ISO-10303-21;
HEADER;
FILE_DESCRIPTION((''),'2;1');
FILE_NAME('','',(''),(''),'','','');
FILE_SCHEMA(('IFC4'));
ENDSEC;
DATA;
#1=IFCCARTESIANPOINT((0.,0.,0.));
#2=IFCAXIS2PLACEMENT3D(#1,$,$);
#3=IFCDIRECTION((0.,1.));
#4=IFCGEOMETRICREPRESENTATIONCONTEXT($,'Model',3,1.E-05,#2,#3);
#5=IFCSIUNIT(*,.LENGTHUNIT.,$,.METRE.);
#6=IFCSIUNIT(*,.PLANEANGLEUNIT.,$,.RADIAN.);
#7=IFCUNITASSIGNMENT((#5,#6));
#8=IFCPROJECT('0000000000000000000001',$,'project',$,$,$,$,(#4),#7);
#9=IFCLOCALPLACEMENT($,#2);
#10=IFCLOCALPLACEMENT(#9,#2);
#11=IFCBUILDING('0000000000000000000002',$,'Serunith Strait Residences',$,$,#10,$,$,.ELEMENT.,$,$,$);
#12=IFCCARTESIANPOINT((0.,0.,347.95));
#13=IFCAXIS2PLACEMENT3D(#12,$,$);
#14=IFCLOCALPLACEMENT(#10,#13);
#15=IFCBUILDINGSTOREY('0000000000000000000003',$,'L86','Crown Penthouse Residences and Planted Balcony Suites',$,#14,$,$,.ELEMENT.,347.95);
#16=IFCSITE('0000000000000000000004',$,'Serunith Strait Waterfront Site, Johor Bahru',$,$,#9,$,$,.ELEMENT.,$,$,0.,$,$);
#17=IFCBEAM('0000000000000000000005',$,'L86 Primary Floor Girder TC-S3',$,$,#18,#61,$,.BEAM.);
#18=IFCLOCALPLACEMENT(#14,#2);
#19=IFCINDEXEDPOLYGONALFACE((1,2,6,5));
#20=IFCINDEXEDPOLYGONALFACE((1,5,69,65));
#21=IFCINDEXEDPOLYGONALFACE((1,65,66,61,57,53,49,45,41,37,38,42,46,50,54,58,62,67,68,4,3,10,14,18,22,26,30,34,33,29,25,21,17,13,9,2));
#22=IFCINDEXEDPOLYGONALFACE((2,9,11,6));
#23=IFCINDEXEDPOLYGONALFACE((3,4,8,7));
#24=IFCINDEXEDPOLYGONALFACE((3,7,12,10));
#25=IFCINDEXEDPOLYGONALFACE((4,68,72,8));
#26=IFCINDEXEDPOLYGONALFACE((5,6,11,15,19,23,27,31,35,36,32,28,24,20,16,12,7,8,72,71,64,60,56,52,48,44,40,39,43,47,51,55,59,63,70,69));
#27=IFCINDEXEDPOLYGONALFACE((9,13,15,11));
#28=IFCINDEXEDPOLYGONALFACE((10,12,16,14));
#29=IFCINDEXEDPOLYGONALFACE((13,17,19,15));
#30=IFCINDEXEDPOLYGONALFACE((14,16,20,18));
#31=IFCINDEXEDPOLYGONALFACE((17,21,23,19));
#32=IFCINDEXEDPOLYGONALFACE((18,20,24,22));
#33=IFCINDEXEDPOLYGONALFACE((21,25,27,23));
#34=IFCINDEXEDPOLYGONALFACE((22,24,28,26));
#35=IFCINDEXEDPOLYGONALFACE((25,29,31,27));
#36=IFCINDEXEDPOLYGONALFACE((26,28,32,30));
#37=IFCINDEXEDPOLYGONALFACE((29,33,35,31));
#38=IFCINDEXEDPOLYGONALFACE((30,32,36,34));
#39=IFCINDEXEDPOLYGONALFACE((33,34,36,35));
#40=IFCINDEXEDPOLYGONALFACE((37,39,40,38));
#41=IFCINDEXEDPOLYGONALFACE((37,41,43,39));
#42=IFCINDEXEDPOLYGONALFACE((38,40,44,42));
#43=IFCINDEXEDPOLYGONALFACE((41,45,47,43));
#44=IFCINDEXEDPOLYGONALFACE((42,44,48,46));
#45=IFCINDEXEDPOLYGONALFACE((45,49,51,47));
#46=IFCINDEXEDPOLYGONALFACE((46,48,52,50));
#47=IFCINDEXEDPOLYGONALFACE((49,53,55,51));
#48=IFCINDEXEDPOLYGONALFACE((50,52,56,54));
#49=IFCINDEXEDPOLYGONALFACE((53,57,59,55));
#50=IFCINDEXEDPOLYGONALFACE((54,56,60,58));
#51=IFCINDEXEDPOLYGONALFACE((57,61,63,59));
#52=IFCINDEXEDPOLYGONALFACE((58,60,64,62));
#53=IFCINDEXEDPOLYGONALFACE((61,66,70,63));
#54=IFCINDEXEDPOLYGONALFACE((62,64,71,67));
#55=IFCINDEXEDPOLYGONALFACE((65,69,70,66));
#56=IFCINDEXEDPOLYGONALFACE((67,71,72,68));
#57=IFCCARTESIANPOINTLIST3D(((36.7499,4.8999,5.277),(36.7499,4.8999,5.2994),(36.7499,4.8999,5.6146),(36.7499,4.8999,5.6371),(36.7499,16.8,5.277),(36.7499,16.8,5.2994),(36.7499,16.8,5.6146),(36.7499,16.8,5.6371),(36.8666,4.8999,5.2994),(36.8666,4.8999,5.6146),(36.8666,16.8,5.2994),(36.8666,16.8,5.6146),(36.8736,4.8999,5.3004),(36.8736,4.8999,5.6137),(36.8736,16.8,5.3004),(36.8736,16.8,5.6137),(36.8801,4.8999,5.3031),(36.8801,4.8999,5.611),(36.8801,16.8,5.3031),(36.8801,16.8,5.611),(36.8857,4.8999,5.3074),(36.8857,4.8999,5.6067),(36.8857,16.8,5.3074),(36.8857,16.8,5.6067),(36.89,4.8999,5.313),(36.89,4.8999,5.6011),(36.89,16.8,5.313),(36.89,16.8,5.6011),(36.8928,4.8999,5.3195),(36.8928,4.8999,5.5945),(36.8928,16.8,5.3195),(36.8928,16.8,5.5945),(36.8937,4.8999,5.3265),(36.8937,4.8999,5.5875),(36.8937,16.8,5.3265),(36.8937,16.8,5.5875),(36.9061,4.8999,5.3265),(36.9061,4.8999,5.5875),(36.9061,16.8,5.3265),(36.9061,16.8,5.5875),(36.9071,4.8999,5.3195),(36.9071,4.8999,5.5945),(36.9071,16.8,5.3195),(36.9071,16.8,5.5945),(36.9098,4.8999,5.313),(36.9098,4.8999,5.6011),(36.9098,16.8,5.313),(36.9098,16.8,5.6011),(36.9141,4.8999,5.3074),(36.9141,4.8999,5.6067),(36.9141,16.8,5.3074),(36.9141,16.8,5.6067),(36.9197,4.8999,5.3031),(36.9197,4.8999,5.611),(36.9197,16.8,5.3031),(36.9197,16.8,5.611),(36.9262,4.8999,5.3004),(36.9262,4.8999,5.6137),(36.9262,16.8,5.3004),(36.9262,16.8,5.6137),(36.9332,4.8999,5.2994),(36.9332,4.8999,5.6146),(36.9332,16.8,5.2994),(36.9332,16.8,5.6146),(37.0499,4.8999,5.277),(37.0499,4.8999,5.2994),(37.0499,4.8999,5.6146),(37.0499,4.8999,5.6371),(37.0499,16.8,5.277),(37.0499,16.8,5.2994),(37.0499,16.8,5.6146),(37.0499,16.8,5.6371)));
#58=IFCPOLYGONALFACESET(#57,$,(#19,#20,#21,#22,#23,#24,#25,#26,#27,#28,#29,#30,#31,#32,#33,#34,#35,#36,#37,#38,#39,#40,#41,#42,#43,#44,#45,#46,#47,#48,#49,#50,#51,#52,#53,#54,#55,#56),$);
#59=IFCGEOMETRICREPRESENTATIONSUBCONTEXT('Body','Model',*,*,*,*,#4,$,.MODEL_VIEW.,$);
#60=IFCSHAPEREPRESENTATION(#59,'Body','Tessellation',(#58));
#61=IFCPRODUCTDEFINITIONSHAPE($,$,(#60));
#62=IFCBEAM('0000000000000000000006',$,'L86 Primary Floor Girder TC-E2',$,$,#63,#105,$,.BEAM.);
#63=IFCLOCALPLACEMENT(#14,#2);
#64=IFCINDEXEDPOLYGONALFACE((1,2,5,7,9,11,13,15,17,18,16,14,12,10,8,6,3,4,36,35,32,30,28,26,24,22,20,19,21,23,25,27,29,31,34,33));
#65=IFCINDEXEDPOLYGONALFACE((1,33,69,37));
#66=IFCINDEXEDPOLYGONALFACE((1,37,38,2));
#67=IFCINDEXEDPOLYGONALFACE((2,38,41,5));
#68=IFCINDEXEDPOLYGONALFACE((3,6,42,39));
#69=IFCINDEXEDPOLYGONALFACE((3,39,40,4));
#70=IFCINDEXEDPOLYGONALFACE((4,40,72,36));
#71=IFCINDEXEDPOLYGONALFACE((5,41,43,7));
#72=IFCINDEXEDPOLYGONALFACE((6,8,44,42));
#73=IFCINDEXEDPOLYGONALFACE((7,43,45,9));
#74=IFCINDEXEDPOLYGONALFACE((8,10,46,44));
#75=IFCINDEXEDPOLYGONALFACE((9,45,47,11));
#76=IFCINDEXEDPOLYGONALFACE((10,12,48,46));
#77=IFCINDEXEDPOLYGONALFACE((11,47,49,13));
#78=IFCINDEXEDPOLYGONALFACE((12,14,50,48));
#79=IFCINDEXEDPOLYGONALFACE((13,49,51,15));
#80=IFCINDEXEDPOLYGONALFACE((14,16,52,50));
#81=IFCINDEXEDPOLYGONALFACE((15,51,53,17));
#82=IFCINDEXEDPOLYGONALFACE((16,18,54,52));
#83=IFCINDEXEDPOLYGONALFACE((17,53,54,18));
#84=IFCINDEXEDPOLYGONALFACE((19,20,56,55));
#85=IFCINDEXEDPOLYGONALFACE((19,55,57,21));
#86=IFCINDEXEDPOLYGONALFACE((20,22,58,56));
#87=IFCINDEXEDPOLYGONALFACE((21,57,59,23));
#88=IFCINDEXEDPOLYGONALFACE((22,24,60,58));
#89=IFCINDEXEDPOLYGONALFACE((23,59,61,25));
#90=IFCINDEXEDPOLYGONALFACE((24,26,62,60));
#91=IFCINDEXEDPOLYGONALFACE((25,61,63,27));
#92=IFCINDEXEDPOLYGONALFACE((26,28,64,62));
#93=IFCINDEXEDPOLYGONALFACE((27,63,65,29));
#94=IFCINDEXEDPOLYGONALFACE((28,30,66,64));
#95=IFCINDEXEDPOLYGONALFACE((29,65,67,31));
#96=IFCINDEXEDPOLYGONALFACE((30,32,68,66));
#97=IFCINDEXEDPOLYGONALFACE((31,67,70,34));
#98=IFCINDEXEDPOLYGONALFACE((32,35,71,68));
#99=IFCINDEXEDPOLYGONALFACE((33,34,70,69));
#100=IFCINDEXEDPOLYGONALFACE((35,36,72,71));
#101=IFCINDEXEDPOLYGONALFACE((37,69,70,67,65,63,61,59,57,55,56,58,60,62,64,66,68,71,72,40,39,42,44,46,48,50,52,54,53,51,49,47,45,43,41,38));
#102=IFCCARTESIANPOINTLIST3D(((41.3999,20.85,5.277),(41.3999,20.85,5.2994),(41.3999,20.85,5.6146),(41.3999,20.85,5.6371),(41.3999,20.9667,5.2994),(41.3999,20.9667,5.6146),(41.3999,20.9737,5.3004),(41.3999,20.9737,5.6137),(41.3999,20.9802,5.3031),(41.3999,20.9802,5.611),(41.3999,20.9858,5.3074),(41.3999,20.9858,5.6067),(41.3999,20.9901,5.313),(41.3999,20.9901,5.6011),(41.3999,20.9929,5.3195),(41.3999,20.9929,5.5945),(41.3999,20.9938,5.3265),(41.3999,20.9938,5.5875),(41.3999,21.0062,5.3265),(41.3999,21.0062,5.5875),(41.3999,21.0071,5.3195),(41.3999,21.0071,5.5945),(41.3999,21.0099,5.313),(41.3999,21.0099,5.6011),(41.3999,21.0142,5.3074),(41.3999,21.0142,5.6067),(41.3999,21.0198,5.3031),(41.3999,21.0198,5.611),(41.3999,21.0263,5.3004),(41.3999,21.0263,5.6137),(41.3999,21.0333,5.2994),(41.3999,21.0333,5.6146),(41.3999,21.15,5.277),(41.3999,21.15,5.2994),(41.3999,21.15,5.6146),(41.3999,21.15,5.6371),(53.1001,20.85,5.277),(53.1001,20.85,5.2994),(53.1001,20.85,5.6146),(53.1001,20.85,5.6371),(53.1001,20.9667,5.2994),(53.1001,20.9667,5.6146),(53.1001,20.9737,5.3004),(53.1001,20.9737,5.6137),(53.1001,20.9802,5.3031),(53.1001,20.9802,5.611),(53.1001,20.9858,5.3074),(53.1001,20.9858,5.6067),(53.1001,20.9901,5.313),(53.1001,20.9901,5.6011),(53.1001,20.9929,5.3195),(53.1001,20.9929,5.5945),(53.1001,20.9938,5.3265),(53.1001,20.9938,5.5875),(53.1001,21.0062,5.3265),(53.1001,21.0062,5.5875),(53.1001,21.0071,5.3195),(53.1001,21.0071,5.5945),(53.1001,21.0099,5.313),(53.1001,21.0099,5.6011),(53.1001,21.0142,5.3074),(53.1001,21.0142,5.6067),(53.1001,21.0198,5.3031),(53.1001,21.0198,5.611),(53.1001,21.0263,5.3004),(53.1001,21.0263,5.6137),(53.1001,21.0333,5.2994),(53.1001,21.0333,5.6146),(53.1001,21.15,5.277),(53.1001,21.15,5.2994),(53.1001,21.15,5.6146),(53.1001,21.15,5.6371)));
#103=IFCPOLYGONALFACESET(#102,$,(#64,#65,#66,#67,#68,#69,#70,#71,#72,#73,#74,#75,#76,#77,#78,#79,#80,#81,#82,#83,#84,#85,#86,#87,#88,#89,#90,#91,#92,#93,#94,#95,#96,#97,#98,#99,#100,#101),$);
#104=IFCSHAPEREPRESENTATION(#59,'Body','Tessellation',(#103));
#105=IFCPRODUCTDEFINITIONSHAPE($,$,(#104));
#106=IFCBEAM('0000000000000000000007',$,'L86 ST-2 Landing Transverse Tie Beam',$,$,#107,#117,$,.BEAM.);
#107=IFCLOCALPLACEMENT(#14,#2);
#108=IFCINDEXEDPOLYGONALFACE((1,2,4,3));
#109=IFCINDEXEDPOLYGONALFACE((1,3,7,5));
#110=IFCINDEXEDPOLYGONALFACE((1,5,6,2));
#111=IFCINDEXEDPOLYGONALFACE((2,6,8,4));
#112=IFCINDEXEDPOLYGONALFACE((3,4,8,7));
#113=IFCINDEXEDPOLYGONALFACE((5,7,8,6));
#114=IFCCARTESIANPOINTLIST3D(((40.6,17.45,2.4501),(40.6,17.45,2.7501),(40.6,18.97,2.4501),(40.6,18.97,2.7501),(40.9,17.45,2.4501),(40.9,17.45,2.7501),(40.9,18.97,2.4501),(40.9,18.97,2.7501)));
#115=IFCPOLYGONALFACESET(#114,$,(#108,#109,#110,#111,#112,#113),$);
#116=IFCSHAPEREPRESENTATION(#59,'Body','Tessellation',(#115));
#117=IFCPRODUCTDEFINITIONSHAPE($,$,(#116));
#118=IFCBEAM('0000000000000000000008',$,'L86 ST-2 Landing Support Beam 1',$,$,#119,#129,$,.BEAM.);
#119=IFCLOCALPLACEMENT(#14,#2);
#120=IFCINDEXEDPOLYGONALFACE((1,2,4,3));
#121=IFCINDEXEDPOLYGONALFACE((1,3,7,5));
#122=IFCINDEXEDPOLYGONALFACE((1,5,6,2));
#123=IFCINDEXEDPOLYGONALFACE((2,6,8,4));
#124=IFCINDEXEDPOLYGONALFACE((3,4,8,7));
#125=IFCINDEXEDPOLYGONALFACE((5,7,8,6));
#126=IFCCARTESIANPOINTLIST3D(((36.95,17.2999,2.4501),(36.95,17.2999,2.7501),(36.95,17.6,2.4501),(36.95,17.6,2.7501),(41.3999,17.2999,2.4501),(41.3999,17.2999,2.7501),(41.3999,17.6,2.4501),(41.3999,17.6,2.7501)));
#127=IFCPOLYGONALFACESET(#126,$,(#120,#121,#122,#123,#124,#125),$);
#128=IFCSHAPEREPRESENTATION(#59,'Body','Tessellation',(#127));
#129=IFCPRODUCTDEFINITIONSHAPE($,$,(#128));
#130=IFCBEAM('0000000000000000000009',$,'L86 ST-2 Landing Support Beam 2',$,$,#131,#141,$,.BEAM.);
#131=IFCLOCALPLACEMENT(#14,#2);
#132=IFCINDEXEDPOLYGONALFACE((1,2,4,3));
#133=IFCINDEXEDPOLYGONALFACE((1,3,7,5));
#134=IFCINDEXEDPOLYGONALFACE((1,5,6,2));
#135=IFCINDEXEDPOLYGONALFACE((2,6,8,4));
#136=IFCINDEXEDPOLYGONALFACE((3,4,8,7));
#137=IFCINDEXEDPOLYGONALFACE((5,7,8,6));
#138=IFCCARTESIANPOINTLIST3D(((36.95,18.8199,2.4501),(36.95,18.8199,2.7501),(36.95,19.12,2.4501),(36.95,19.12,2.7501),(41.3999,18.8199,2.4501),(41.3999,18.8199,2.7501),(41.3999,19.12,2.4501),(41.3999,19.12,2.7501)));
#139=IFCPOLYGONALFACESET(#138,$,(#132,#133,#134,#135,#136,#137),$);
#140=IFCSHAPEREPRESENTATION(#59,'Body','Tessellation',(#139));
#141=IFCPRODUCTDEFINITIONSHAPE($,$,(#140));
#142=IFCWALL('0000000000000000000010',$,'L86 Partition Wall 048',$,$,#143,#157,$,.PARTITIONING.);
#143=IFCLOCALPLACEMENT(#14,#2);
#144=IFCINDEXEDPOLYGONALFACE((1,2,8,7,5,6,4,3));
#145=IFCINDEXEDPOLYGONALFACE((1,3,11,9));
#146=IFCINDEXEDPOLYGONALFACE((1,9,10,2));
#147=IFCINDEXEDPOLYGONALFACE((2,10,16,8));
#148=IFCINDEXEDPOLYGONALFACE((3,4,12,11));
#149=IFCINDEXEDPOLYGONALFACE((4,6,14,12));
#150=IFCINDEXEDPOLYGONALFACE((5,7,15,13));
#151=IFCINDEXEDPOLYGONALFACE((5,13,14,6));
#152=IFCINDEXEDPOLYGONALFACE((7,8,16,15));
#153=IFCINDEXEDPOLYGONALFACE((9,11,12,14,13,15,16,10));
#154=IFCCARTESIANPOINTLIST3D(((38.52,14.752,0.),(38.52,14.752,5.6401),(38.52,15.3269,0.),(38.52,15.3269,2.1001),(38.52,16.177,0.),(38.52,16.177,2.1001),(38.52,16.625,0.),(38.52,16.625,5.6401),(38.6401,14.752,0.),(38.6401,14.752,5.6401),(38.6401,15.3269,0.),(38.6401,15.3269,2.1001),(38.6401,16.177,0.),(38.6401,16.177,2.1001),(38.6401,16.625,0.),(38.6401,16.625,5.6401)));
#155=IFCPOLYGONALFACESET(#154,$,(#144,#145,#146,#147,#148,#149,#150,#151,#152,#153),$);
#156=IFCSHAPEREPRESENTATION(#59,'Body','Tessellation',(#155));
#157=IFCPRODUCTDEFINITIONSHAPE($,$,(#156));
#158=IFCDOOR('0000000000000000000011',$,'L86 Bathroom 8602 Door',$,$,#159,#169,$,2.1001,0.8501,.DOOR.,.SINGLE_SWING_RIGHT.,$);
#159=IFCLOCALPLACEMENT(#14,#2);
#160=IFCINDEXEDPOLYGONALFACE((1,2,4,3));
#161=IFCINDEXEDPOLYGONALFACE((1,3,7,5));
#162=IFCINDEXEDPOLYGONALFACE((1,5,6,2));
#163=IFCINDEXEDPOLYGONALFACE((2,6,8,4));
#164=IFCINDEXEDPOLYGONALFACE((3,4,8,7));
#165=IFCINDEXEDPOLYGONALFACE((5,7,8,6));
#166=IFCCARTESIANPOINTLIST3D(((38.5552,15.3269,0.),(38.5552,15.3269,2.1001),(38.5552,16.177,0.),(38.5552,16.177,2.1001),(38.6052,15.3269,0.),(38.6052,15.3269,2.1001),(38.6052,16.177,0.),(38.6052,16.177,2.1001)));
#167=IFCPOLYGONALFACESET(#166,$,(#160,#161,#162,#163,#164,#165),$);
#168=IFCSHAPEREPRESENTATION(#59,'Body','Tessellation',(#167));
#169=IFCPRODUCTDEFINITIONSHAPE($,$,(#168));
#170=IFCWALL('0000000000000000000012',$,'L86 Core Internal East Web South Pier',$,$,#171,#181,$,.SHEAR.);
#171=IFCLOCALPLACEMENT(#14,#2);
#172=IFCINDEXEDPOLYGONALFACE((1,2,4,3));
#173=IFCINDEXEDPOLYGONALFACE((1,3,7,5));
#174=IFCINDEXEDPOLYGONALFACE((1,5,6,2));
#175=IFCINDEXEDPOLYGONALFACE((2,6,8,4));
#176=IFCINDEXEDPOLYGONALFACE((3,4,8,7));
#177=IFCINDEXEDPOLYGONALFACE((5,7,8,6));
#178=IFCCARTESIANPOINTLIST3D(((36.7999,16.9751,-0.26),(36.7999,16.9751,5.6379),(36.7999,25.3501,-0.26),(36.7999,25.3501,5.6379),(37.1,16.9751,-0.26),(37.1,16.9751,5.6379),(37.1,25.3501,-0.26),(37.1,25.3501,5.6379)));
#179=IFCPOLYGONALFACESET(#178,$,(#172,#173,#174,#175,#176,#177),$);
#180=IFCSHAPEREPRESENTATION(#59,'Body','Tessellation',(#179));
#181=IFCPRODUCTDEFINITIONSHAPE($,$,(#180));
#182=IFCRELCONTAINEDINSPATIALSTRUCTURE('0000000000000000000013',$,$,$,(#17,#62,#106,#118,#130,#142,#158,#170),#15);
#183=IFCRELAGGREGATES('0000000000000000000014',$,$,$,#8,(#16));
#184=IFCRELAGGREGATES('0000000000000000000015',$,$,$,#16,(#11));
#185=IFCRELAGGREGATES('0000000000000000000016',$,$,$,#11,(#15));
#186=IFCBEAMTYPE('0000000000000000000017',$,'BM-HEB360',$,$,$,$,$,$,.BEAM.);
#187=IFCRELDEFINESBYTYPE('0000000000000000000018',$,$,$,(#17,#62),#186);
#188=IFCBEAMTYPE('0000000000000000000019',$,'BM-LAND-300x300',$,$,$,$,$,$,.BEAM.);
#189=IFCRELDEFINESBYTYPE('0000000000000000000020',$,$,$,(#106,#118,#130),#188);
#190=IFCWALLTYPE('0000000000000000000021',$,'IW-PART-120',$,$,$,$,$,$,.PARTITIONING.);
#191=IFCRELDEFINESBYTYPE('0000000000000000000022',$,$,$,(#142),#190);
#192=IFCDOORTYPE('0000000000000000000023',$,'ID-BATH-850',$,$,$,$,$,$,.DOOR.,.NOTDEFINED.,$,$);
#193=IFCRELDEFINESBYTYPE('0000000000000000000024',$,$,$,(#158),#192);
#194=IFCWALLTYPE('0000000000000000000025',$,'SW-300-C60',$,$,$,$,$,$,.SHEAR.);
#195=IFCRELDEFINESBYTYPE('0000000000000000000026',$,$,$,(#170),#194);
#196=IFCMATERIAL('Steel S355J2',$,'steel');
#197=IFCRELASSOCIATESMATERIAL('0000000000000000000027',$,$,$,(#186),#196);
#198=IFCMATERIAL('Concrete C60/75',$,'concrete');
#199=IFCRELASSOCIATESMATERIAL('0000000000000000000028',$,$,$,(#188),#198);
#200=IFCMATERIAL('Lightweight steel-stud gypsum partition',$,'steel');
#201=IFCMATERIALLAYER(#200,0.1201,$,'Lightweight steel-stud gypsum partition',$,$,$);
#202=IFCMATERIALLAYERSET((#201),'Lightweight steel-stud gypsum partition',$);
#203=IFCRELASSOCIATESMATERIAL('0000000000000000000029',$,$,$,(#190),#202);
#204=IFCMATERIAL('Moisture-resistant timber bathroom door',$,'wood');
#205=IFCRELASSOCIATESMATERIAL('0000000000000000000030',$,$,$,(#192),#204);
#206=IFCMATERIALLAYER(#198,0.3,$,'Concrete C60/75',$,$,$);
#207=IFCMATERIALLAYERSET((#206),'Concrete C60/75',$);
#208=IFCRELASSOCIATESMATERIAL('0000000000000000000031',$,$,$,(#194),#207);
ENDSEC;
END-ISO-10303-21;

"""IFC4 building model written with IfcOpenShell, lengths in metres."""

from ifc_helpers import new_model, si_unit, direction, frame, frame_2d, origin, origin_2d, place, context, subcontext, project, spatial, rectangle, i_section, extrude, source, transform, mapped, material, layer, layer_set, material_profile, profile_set, type_object, element, fill, save


model = new_model("IFC4")

# Units and contexts
model_context = context("Model", 3, precision=1e-05, world=origin(), true_north=direction((0.0, 1.0)))
body_context = subcontext(model_context, "Body", "Model", "MODEL_VIEW")
ifc_project = project(units=[si_unit("LENGTHUNIT", "METRE"), si_unit("PLANEANGLEUNIT", "RADIAN")], contexts=[model_context])

# Site, building, storey
site_placement = place(None, origin())
site = spatial("IfcSite", under=ifc_project, at=site_placement, Name="Serunith Strait Waterfront Site, Johor Bahru", CompositionType="ELEMENT", RefElevation=0.0)
building_placement = place(site_placement, origin())
building = spatial("IfcBuilding", under=site, at=building_placement, Name="Serunith Strait Residences", CompositionType="ELEMENT")
storey_placement = place(building_placement, frame((0.0, 0.0, 347.95)))
storey = spatial("IfcBuildingStorey", under=building, at=storey_placement, Name="L86", Description="Crown Penthouse Residences and Planted Balcony Suites", CompositionType="ELEMENT", Elevation=347.95)

# Beams
ifc_material_1 = material(Name="Steel S355J2", Category="steel")
ifc_material_profile_1 = material_profile(ifc_material_1, i_section(OverallWidth=0.3, OverallDepth=0.3601, WebThickness=0.0125, FlangeThickness=0.0225, FilletRadius=0.0271, at=origin_2d()), Name="HEB 360")
ifc_profile_set_1 = profile_set([ifc_material_profile_1], Name="Steel S355J2")
beam_type_1 = type_object("IfcBeamType", Name="BM-HEB360", PredefinedType="BEAM", material=ifc_profile_set_1)
shared_shape_1 = source(origin(), body_context, "Body", "SweptSolid", [
    extrude(i_section(OverallWidth=0.3, OverallDepth=0.3601, WebThickness=0.0125, FlangeThickness=0.0225, FilletRadius=0.0271, at=origin_2d()), origin(), (0.0, 0.0, 1.0), 11.9001),
])
beam_1_placement = place(storey_placement, frame((36.8999, 16.8, 5.457), z_axis=(0.0, -1.0, 0.0), x_axis=(1.0, 0.0, 0.0)))
element("IfcBeam", 1, at=beam_1_placement, inside=storey, type_object=beam_type_1, Name="L86 Primary Floor Girder TC-S3", PredefinedType="BEAM", context=body_context, shape_type="MappedRepresentation", body=[
    mapped(shared_shape_1, transform((0.0, 0.0, 0.0), scale=1.0)),
])
shared_shape_2 = source(origin(), body_context, "Body", "SweptSolid", [
    extrude(i_section(OverallWidth=0.3, OverallDepth=0.3601, WebThickness=0.0125, FlangeThickness=0.0225, FilletRadius=0.0271, at=origin_2d()), origin(), (0.0, 0.0, 1.0), 11.7002),
])
beam_2_placement = place(storey_placement, frame((41.3999, 21.0, 5.457), z_axis=(1.0, 0.0, 0.0), x_axis=(0.0, 1.0, 0.0)))
element("IfcBeam", 2, at=beam_2_placement, inside=storey, type_object=beam_type_1, Name="L86 Primary Floor Girder TC-E2", PredefinedType="BEAM", context=body_context, shape_type="MappedRepresentation", body=[
    mapped(shared_shape_2, transform((0.0, 0.0, 0.0), scale=1.0)),
])
ifc_material_2 = material(Name="Concrete C60/75", Category="concrete")
ifc_material_profile_2 = material_profile(ifc_material_2, rectangle(XDim=0.3, YDim=0.3, at=origin_2d()), Name="RC 300x300")
ifc_profile_set_2 = profile_set([ifc_material_profile_2], Name="Concrete C60/75")
beam_type_2 = type_object("IfcBeamType", Name="BM-LAND-300x300", PredefinedType="BEAM", material=ifc_profile_set_2)
shared_shape_3 = source(origin(), body_context, "Body", "SweptSolid", [
    extrude(rectangle(XDim=0.3, YDim=0.3, at=origin_2d()), origin(), (0.0, 0.0, 1.0), 1.52),
])
beam_3_placement = place(storey_placement, frame((40.75, 17.45, 2.6001), z_axis=(0.0, 1.0, 0.0), x_axis=(-1.0, 0.0, 0.0)))
element("IfcBeam", 3, at=beam_3_placement, inside=storey, type_object=beam_type_2, Name="L86 ST-2 Landing Transverse Tie Beam", PredefinedType="BEAM", context=body_context, shape_type="MappedRepresentation", body=[
    mapped(shared_shape_3, transform((0.0, 0.0, 0.0), scale=1.0)),
])
shared_shape_4 = source(origin(), body_context, "Body", "SweptSolid", [
    extrude(rectangle(XDim=0.3, YDim=0.3, at=origin_2d()), origin(), (0.0, 0.0, 1.0), 4.45),
])
for number, where, z_axis, x_axis, name in (
    (4, (36.95, 17.45, 2.6001), (1.0, 0.0, 0.0), (0.0, 1.0, 0.0), "L86 ST-2 Landing Support Beam 1"),
    (5, (36.95, 18.97, 2.6001), (1.0, 0.0, 0.0), (0.0, 1.0, 0.0), "L86 ST-2 Landing Support Beam 2"),
):
    element("IfcBeam", number, at=place(storey_placement, frame(where, z_axis=z_axis, x_axis=x_axis)), inside=storey, type_object=beam_type_2, Name=name, PredefinedType="BEAM", context=body_context, shape_type="MappedRepresentation", body=[
        mapped(shared_shape_4, transform((0.0, 0.0, 0.0), scale=1.0)),
    ])

# Wall, opening, door
ifc_material_3 = material(Name="Lightweight steel-stud gypsum partition", Category="steel")
ifc_layer_1 = layer(ifc_material_3, 0.1201, Name="Lightweight steel-stud gypsum partition")
ifc_layer_set_1 = layer_set([ifc_layer_1], Name="Lightweight steel-stud gypsum partition")
wall_type_1 = type_object("IfcWallType", Name="IW-PART-120", PredefinedType="PARTITIONING", material=ifc_layer_set_1)
wall_1_placement = place(storey_placement, frame((38.5801, 14.752, 0.0), z_axis=(0.0, 0.0, 1.0), x_axis=(0.0, 1.0, 0.0)))
wall_1 = element("IfcWall", 6, at=wall_1_placement, inside=storey, type_object=wall_type_1, Name="L86 Partition Wall 048", PredefinedType="PARTITIONING", context=body_context, shape_type="SweptSolid", body=[
    extrude(rectangle(XDim=1.873, YDim=0.1201, at=frame_2d((0.9365, 0.0))), origin(), (0.0, 0.0, 1.0), 5.6401),
])
opening_1_placement = place(wall_1_placement, frame((0.575, 0.0, 0.0)))
opening_1 = element("IfcOpeningElement", 7, at=opening_1_placement, cuts=wall_1, PredefinedType="OPENING", context=body_context, shape_type="SweptSolid", body=[
    extrude(rectangle(XDim=0.8501, YDim=2.1001, at=frame_2d((0.425, 1.05))), frame((0.0, 0.0701, 0.0), z_axis=(0.0, -1.0, 0.0), x_axis=(1.0, 0.0, 0.0)), (0.0, 0.0, 1.0), 0.1401),
])
ifc_material_4 = material(Name="Moisture-resistant timber bathroom door", Category="wood")
door_type_1 = type_object("IfcDoorType", Name="ID-BATH-850", OperationType="NOTDEFINED", PredefinedType="DOOR", material=ifc_material_4)
shared_shape_5 = source(origin(), body_context, "Body", "SweptSolid", [
    extrude(rectangle(XDim=0.8501, YDim=2.1001, at=frame_2d((0.425, 1.05))), frame((0.0, 0.0249, 0.0), z_axis=(0.0, -1.0, 0.0), x_axis=(1.0, 0.0, 0.0)), (0.0, 0.0, 1.0), 0.05),
])
door_1_placement = place(opening_1_placement, origin())
door_1 = element("IfcDoor", 8, at=door_1_placement, inside=storey, type_object=door_type_1, Name="L86 Bathroom 8602 Door", OperationType="SINGLE_SWING_RIGHT", OverallHeight=2.1001, OverallWidth=0.8501, PredefinedType="DOOR", context=body_context, shape_type="MappedRepresentation", body=[
    mapped(shared_shape_5, transform((0.0, 0.0, 0.0), scale=1.0)),
])
fill(opening_1, door_1)

# Wall
ifc_layer_2 = layer(ifc_material_2, 0.3, Name="Concrete C60/75")
ifc_layer_set_2 = layer_set([ifc_layer_2], Name="Concrete C60/75")
wall_type_2 = type_object("IfcWallType", Name="SW-300-C60", PredefinedType="SHEAR", material=ifc_layer_set_2)
wall_2_placement = place(storey_placement, frame((36.95, 16.9751, -0.26), z_axis=(0.0, 0.0, 1.0), x_axis=(0.0, 1.0, 0.0)))
element("IfcWall", 9, at=wall_2_placement, inside=storey, type_object=wall_type_2, Name="L86 Core Internal East Web South Pier", PredefinedType="SHEAR", context=body_context, shape_type="SweptSolid", body=[
    extrude(rectangle(XDim=8.375, YDim=0.3, at=frame_2d((4.1875, 0.0))), origin(), (0.0, 0.0, 1.0), 5.8979),
])

save(model, "model.ifc")
